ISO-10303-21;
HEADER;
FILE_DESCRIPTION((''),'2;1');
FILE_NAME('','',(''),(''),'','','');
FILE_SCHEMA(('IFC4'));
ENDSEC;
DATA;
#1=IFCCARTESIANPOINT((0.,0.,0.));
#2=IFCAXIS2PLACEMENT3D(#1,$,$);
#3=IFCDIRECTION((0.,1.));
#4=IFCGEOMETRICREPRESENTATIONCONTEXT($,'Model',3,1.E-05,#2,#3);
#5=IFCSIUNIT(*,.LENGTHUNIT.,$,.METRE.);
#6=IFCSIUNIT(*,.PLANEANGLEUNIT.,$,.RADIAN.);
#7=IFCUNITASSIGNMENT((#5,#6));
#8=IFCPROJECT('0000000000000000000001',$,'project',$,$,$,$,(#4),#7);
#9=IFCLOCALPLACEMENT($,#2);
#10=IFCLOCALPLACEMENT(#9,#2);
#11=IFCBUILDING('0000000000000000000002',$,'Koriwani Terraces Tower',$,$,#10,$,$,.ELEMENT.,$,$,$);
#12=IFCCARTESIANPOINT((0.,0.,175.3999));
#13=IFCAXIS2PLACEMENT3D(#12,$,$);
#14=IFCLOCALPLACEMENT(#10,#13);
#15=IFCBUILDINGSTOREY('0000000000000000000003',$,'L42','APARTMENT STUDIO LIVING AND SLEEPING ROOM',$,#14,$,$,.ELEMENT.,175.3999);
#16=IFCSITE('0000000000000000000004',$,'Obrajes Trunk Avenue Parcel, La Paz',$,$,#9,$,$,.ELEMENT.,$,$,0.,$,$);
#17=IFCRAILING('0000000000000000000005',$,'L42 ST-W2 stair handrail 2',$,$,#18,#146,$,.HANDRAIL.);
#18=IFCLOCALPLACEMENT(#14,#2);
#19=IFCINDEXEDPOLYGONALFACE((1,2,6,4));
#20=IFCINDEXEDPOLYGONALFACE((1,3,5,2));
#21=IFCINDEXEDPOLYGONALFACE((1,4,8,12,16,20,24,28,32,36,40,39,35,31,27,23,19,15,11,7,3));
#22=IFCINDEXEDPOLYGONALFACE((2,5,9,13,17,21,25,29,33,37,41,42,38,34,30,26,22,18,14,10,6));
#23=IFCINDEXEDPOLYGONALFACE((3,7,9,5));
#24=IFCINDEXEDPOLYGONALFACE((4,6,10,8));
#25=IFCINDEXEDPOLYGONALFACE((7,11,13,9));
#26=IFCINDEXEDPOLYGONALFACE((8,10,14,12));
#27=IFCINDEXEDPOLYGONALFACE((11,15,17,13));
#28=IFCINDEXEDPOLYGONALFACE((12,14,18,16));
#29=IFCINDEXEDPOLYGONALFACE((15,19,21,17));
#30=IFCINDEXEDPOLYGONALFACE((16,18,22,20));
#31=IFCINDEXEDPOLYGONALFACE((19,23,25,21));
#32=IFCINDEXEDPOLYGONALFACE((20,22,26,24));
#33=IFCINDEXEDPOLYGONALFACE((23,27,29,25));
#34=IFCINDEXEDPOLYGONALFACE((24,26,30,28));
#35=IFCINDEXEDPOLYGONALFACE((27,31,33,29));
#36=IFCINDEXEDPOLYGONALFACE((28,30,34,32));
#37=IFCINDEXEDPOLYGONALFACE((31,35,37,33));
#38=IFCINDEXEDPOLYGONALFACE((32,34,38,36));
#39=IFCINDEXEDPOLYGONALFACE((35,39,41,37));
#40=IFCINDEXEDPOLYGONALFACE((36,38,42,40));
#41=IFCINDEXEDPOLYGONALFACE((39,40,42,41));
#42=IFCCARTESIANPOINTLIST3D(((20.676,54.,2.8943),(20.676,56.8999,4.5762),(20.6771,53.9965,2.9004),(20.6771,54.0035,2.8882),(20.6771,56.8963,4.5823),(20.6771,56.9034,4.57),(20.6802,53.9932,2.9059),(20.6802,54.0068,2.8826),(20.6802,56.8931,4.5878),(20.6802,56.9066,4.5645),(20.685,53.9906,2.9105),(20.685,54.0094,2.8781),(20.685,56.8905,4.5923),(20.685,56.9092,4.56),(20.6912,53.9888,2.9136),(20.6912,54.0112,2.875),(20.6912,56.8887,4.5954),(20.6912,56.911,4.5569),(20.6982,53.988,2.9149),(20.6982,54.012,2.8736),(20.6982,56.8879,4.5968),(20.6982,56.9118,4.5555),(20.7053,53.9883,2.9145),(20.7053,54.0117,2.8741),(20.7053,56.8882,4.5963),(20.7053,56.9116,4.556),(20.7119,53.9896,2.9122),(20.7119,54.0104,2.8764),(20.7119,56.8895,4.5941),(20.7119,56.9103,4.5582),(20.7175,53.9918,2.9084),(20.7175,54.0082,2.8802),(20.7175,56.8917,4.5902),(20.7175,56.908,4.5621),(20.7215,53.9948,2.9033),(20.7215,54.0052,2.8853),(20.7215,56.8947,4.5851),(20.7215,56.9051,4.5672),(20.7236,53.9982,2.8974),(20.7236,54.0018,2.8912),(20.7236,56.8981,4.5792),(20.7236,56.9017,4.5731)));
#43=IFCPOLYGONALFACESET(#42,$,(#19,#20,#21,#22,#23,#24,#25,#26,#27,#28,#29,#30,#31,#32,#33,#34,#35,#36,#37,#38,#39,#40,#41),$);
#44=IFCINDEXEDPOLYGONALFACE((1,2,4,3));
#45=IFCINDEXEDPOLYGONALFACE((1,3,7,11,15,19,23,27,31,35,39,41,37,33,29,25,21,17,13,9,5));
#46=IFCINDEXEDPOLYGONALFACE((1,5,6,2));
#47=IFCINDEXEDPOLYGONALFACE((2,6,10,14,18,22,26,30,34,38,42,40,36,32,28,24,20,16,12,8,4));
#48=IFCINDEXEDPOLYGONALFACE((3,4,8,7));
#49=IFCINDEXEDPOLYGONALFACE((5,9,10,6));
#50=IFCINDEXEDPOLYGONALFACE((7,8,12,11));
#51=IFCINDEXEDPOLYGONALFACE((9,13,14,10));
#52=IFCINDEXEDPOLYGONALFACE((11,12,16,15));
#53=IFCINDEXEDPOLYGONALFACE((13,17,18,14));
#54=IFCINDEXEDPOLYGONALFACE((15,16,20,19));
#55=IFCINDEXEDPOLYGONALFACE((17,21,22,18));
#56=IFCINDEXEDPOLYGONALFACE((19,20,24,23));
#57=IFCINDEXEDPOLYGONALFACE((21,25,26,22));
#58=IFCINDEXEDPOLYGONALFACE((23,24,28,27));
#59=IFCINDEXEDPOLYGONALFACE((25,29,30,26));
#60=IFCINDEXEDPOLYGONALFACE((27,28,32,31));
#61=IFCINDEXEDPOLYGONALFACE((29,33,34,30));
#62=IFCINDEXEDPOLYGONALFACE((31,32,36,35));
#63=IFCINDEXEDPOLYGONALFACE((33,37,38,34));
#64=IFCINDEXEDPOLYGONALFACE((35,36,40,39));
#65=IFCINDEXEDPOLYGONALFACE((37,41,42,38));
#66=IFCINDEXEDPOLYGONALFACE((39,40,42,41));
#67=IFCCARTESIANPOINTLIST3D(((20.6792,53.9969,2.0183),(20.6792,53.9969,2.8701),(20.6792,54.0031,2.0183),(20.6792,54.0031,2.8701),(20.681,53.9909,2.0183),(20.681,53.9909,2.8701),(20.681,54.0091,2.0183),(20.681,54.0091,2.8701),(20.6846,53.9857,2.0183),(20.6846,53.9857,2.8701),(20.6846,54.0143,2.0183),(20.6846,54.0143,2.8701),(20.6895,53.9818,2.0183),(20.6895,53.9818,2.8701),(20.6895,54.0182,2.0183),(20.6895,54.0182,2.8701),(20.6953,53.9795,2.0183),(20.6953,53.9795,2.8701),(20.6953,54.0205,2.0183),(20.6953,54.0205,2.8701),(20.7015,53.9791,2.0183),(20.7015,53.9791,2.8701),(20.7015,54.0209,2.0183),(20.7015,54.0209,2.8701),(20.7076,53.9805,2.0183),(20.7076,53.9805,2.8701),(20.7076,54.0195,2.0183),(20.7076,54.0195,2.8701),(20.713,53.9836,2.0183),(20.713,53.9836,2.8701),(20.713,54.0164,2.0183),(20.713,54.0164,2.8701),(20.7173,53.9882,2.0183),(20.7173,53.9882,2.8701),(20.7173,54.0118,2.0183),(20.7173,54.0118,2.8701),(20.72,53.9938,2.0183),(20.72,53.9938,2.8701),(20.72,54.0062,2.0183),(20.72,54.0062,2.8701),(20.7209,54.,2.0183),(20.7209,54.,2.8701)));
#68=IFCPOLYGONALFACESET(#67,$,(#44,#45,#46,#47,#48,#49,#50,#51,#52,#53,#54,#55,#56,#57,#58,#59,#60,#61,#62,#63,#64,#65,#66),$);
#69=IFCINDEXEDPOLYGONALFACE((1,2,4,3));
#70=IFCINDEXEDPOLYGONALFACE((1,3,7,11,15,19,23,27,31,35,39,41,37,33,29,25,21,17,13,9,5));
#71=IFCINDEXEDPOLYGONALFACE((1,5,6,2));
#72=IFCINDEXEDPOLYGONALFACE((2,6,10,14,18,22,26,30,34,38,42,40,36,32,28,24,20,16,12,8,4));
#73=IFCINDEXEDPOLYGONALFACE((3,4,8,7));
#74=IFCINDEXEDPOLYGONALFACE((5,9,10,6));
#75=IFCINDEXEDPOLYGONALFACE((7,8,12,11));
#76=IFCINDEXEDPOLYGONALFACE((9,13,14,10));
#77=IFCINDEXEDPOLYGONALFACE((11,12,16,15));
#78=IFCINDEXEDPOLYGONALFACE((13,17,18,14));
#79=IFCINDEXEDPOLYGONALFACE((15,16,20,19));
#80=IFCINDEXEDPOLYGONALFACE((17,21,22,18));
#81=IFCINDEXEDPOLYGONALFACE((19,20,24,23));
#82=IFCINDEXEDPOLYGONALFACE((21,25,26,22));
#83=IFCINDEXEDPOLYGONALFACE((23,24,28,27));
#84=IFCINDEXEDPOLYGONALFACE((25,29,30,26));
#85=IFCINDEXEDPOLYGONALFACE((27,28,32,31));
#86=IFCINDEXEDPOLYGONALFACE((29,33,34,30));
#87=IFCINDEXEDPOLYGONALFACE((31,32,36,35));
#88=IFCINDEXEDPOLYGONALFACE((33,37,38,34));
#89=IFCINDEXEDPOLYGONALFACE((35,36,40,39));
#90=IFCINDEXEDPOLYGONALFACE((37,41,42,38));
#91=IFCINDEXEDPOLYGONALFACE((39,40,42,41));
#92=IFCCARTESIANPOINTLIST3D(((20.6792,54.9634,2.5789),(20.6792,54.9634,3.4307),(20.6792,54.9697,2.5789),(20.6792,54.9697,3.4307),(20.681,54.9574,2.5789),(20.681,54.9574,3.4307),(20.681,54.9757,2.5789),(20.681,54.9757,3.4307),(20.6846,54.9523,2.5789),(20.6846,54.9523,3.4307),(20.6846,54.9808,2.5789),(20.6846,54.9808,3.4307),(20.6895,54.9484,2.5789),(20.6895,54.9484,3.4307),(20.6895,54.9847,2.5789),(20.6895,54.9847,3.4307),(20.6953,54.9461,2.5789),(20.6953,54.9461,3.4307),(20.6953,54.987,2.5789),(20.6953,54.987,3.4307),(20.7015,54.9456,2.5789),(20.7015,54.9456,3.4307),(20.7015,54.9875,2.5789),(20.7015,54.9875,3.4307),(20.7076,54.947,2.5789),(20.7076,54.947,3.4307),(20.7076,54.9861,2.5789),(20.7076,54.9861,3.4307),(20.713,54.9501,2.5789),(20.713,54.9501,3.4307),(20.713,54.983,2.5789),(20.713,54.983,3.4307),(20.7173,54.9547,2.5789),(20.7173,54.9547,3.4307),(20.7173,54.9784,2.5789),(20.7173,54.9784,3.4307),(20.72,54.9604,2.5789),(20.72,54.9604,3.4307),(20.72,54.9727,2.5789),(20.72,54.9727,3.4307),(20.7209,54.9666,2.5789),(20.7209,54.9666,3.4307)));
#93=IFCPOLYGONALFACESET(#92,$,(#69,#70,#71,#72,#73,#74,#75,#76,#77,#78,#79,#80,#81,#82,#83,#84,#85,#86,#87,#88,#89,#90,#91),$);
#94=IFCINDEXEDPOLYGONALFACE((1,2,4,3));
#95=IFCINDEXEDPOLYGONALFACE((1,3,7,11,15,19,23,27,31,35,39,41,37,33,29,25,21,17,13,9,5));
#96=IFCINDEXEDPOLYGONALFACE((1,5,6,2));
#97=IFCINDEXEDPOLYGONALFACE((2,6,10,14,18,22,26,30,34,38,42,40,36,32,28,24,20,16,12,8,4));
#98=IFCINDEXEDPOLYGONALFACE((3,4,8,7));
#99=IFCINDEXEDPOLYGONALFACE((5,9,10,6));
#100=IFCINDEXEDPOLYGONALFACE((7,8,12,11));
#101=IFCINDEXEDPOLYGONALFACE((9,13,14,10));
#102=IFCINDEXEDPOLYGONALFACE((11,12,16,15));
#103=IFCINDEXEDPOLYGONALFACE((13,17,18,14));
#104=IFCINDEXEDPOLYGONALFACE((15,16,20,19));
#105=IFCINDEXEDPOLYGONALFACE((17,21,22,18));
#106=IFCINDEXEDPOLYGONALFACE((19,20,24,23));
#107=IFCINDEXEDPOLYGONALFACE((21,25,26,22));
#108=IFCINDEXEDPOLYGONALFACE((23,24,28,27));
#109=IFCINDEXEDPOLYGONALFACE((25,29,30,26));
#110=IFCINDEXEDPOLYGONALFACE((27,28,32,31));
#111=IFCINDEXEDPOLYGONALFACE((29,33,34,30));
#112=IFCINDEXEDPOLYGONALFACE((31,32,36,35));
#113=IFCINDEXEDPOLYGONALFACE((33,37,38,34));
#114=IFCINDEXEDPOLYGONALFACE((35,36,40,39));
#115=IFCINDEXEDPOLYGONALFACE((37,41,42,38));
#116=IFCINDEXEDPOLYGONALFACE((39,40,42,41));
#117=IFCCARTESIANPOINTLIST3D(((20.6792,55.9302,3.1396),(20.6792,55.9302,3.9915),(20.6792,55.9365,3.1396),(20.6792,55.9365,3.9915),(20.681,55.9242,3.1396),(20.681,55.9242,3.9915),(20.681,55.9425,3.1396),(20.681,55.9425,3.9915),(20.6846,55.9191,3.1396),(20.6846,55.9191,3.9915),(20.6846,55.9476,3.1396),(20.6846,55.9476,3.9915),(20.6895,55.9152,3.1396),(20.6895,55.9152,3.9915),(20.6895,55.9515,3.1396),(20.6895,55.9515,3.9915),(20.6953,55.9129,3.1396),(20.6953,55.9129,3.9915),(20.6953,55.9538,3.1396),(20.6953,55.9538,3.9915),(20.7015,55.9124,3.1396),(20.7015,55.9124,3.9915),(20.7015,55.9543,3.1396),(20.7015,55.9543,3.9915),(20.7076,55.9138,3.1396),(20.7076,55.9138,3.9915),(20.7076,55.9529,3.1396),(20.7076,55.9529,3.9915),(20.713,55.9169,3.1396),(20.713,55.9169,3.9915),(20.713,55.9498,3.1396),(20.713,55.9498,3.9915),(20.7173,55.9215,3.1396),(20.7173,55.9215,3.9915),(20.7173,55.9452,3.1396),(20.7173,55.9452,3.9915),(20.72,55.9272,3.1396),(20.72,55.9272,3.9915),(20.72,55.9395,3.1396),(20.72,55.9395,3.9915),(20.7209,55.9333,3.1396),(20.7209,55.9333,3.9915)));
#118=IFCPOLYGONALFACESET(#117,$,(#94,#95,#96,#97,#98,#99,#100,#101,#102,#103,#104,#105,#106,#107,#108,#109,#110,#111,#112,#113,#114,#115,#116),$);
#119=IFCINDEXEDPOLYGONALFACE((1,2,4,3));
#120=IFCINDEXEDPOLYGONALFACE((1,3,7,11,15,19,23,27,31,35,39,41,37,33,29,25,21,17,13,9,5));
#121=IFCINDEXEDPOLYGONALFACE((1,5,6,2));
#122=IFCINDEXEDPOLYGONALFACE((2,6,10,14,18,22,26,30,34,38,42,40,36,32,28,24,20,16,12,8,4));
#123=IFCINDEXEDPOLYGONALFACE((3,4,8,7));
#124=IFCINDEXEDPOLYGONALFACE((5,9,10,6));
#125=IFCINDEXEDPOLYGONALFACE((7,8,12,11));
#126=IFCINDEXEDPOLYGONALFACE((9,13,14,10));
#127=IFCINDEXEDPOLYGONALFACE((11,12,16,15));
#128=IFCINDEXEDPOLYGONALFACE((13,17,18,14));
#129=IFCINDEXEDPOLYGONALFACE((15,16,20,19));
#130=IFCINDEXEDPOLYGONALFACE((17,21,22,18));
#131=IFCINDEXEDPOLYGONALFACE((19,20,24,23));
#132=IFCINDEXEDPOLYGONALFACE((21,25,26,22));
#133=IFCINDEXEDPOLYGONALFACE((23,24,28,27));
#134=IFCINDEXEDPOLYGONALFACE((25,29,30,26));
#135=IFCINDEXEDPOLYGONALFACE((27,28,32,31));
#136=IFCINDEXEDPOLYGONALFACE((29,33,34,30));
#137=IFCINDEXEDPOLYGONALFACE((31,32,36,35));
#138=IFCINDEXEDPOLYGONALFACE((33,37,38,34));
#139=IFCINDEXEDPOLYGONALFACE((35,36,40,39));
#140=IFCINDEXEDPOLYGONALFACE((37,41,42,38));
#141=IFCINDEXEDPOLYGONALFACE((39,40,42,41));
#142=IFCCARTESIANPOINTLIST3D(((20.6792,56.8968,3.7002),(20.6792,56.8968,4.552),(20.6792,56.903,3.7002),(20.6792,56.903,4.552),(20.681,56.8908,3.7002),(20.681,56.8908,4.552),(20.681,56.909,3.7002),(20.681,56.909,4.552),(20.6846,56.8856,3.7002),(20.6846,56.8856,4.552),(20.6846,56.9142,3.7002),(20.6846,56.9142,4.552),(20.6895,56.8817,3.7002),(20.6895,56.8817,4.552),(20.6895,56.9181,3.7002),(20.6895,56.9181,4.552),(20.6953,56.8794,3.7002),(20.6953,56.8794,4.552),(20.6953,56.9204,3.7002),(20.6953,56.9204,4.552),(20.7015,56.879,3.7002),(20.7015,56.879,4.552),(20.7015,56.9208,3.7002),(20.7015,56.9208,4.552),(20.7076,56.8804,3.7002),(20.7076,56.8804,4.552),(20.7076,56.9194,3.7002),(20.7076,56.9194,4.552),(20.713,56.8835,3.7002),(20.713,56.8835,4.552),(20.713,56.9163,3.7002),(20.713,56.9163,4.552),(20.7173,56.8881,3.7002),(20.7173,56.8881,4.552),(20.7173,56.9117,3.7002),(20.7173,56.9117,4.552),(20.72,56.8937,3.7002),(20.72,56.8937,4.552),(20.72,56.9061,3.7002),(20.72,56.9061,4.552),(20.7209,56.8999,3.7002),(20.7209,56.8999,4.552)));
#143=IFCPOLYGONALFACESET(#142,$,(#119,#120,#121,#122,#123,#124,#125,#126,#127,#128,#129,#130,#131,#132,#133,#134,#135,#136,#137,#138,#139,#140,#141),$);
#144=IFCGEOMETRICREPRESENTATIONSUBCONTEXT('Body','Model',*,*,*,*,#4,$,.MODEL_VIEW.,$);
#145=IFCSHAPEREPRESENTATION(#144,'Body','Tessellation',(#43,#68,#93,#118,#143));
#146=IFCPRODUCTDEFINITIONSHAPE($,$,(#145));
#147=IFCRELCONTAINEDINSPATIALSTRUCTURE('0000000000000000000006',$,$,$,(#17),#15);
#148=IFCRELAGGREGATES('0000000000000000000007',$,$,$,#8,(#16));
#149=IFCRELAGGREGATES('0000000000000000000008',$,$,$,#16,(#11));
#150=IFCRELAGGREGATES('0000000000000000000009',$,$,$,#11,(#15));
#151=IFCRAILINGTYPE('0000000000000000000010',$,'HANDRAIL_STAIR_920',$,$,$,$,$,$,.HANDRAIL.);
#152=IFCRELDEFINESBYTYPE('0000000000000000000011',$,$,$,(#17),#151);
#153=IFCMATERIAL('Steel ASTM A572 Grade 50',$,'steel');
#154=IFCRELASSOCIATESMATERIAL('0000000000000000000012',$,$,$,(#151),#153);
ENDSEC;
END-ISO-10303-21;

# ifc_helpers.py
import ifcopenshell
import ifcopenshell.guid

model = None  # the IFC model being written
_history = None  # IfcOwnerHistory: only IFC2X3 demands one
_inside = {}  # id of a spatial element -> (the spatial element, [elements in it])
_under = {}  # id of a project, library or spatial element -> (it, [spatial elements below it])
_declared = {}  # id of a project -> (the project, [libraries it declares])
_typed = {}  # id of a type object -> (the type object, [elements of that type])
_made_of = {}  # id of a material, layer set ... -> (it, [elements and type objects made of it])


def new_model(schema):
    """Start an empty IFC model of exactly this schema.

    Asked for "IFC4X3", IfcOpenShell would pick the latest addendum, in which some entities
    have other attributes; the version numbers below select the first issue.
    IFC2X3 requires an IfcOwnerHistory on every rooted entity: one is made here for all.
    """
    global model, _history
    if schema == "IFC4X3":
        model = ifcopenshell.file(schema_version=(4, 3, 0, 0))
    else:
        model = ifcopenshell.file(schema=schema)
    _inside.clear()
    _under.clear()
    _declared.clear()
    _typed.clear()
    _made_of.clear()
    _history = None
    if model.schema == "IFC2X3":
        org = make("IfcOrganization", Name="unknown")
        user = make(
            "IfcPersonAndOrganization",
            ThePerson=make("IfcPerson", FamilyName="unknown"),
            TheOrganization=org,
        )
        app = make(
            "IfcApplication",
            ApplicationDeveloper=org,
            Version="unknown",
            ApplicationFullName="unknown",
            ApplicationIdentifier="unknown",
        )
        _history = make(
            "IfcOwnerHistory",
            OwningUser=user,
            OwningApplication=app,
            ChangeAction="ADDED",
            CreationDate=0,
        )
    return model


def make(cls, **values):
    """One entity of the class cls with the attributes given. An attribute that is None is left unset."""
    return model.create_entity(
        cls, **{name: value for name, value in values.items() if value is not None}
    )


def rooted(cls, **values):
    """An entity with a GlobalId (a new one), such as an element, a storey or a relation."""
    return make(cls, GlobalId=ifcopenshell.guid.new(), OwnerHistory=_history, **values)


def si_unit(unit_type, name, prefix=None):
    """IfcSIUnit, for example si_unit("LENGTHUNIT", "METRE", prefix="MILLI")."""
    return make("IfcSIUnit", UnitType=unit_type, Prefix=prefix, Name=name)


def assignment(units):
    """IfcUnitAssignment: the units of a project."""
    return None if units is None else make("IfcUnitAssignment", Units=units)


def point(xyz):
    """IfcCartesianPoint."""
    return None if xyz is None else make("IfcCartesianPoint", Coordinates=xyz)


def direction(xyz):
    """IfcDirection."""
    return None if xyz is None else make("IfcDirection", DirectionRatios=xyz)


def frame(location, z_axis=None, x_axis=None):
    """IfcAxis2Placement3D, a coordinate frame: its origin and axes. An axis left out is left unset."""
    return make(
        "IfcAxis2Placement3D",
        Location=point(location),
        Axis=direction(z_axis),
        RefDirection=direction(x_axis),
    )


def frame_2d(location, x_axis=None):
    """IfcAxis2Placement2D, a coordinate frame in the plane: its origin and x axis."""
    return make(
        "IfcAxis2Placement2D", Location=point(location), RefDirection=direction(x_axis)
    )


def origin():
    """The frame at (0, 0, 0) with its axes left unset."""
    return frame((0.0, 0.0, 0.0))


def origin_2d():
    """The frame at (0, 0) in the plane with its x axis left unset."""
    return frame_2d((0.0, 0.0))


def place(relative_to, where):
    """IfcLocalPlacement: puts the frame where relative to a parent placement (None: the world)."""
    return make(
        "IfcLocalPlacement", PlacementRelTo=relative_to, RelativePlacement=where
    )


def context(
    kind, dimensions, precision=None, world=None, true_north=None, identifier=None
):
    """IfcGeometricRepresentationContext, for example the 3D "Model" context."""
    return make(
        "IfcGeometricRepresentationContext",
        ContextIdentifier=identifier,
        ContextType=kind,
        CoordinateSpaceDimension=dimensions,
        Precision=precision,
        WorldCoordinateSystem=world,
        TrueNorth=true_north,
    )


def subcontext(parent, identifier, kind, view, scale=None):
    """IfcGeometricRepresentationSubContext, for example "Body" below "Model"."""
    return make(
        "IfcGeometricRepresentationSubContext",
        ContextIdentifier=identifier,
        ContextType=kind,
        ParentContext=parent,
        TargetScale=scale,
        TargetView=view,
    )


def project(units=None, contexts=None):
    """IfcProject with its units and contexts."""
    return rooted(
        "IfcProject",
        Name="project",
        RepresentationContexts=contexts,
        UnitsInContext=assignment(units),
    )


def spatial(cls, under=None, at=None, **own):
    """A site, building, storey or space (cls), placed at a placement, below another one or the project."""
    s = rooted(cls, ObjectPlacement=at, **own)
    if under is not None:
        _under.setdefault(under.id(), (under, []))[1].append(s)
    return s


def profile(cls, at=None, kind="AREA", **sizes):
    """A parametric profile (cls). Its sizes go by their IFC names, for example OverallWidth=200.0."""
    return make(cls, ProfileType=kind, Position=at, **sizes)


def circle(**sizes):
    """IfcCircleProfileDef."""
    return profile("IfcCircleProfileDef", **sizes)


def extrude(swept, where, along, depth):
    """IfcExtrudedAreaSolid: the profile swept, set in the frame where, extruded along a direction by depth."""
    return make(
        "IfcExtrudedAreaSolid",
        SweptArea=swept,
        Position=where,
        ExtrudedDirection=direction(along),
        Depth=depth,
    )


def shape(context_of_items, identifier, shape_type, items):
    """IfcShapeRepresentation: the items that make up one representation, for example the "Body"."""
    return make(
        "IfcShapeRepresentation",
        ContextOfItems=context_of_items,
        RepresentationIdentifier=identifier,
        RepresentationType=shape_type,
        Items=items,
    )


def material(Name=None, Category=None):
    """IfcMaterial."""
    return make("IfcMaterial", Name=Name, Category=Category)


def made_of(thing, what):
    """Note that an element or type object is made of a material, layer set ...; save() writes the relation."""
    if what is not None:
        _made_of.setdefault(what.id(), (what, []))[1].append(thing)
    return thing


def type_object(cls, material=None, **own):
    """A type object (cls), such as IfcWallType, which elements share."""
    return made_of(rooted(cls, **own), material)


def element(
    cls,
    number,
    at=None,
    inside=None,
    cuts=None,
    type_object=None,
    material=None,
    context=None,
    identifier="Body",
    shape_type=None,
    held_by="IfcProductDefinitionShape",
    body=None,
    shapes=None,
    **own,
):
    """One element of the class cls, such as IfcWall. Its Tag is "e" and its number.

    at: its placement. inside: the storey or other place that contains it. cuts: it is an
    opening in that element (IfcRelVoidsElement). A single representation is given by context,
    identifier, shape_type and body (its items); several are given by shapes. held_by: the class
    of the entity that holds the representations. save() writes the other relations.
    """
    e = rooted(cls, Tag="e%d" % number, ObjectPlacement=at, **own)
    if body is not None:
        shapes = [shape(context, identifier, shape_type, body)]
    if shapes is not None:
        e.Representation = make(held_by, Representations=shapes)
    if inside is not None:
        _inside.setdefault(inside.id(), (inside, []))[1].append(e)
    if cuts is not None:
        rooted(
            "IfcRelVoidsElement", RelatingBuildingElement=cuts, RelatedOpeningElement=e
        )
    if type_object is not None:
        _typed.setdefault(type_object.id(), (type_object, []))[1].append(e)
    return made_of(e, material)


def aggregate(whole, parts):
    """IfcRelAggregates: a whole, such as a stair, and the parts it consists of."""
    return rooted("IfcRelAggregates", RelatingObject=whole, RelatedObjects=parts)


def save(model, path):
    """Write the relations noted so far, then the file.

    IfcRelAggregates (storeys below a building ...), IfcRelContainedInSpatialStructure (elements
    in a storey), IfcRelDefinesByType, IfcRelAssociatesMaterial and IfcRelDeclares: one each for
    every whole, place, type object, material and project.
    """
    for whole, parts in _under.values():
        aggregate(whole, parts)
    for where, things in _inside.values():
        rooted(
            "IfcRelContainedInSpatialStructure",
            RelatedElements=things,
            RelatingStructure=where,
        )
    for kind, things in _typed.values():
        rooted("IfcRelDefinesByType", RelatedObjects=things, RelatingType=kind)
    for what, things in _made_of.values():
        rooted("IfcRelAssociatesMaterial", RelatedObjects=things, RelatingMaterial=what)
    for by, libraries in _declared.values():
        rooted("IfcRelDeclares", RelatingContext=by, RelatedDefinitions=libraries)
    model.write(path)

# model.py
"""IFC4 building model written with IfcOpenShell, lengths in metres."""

from ifc_helpers import new_model, si_unit, direction, frame, origin, origin_2d, place, context, subcontext, project, spatial, circle, extrude, material, type_object, element, save


model = new_model("IFC4")

# Units and contexts
model_context = context("Model", 3, precision=1e-05, world=origin(), true_north=direction((0.0, 1.0)))
body_context = subcontext(model_context, "Body", "Model", "MODEL_VIEW")
ifc_project = project(units=[si_unit("LENGTHUNIT", "METRE"), si_unit("PLANEANGLEUNIT", "RADIAN")], contexts=[model_context])

# Site, building, storey
site_placement = place(None, origin())
site = spatial("IfcSite", under=ifc_project, at=site_placement, Name="Obrajes Trunk Avenue Parcel, La Paz", CompositionType="ELEMENT", RefElevation=0.0)
building_placement = place(site_placement, origin())
building = spatial("IfcBuilding", under=site, at=building_placement, Name="Koriwani Terraces Tower", CompositionType="ELEMENT")
storey_placement = place(building_placement, frame((0.0, 0.0, 175.3999)))
storey = spatial("IfcBuildingStorey", under=building, at=storey_placement, Name="L42", Description="APARTMENT STUDIO LIVING AND SLEEPING ROOM", CompositionType="ELEMENT", Elevation=175.3999)

# Shared definitions
ifc_material_1 = material(Name="Steel ASTM A572 Grade 50", Category="steel")

# Railing
railing_type_1 = type_object("IfcRailingType", Name="HANDRAIL_STAIR_920", PredefinedType="HANDRAIL", material=ifc_material_1)
railing_1_placement = place(storey_placement, frame((20.7, 54.0, 2.0183)))
element("IfcRailing", 1, at=railing_1_placement, inside=storey, type_object=railing_type_1, Name="L42 ST-W2 stair handrail 2", PredefinedType="HANDRAIL", context=body_context, shape_type="SweptSolid", body=[
    extrude(circle(Radius=0.0239, at=origin_2d()), frame((0.0, 0.0, 0.876), z_axis=(0.0, 0.865039, 0.501705), x_axis=(-1.0, 0.0, 0.0)), (0.0, 0.0, 1.0), 3.3523),
    extrude(circle(Radius=0.021, at=origin_2d()), origin(), (0.0, 0.0, 1.0), 0.8518),
    extrude(circle(Radius=0.021, at=origin_2d()), frame((0.0, 0.9666, 0.5605)), (0.0, 0.0, 1.0), 0.8518),
    extrude(circle(Radius=0.021, at=origin_2d()), frame((0.0, 1.9333, 1.1213)), (0.0, 0.0, 1.0), 0.8518),
    extrude(circle(Radius=0.021, at=origin_2d()), frame((0.0, 2.8999, 1.6819)), (0.0, 0.0, 1.0), 0.8518),
])

save(model, "model.ifc")
